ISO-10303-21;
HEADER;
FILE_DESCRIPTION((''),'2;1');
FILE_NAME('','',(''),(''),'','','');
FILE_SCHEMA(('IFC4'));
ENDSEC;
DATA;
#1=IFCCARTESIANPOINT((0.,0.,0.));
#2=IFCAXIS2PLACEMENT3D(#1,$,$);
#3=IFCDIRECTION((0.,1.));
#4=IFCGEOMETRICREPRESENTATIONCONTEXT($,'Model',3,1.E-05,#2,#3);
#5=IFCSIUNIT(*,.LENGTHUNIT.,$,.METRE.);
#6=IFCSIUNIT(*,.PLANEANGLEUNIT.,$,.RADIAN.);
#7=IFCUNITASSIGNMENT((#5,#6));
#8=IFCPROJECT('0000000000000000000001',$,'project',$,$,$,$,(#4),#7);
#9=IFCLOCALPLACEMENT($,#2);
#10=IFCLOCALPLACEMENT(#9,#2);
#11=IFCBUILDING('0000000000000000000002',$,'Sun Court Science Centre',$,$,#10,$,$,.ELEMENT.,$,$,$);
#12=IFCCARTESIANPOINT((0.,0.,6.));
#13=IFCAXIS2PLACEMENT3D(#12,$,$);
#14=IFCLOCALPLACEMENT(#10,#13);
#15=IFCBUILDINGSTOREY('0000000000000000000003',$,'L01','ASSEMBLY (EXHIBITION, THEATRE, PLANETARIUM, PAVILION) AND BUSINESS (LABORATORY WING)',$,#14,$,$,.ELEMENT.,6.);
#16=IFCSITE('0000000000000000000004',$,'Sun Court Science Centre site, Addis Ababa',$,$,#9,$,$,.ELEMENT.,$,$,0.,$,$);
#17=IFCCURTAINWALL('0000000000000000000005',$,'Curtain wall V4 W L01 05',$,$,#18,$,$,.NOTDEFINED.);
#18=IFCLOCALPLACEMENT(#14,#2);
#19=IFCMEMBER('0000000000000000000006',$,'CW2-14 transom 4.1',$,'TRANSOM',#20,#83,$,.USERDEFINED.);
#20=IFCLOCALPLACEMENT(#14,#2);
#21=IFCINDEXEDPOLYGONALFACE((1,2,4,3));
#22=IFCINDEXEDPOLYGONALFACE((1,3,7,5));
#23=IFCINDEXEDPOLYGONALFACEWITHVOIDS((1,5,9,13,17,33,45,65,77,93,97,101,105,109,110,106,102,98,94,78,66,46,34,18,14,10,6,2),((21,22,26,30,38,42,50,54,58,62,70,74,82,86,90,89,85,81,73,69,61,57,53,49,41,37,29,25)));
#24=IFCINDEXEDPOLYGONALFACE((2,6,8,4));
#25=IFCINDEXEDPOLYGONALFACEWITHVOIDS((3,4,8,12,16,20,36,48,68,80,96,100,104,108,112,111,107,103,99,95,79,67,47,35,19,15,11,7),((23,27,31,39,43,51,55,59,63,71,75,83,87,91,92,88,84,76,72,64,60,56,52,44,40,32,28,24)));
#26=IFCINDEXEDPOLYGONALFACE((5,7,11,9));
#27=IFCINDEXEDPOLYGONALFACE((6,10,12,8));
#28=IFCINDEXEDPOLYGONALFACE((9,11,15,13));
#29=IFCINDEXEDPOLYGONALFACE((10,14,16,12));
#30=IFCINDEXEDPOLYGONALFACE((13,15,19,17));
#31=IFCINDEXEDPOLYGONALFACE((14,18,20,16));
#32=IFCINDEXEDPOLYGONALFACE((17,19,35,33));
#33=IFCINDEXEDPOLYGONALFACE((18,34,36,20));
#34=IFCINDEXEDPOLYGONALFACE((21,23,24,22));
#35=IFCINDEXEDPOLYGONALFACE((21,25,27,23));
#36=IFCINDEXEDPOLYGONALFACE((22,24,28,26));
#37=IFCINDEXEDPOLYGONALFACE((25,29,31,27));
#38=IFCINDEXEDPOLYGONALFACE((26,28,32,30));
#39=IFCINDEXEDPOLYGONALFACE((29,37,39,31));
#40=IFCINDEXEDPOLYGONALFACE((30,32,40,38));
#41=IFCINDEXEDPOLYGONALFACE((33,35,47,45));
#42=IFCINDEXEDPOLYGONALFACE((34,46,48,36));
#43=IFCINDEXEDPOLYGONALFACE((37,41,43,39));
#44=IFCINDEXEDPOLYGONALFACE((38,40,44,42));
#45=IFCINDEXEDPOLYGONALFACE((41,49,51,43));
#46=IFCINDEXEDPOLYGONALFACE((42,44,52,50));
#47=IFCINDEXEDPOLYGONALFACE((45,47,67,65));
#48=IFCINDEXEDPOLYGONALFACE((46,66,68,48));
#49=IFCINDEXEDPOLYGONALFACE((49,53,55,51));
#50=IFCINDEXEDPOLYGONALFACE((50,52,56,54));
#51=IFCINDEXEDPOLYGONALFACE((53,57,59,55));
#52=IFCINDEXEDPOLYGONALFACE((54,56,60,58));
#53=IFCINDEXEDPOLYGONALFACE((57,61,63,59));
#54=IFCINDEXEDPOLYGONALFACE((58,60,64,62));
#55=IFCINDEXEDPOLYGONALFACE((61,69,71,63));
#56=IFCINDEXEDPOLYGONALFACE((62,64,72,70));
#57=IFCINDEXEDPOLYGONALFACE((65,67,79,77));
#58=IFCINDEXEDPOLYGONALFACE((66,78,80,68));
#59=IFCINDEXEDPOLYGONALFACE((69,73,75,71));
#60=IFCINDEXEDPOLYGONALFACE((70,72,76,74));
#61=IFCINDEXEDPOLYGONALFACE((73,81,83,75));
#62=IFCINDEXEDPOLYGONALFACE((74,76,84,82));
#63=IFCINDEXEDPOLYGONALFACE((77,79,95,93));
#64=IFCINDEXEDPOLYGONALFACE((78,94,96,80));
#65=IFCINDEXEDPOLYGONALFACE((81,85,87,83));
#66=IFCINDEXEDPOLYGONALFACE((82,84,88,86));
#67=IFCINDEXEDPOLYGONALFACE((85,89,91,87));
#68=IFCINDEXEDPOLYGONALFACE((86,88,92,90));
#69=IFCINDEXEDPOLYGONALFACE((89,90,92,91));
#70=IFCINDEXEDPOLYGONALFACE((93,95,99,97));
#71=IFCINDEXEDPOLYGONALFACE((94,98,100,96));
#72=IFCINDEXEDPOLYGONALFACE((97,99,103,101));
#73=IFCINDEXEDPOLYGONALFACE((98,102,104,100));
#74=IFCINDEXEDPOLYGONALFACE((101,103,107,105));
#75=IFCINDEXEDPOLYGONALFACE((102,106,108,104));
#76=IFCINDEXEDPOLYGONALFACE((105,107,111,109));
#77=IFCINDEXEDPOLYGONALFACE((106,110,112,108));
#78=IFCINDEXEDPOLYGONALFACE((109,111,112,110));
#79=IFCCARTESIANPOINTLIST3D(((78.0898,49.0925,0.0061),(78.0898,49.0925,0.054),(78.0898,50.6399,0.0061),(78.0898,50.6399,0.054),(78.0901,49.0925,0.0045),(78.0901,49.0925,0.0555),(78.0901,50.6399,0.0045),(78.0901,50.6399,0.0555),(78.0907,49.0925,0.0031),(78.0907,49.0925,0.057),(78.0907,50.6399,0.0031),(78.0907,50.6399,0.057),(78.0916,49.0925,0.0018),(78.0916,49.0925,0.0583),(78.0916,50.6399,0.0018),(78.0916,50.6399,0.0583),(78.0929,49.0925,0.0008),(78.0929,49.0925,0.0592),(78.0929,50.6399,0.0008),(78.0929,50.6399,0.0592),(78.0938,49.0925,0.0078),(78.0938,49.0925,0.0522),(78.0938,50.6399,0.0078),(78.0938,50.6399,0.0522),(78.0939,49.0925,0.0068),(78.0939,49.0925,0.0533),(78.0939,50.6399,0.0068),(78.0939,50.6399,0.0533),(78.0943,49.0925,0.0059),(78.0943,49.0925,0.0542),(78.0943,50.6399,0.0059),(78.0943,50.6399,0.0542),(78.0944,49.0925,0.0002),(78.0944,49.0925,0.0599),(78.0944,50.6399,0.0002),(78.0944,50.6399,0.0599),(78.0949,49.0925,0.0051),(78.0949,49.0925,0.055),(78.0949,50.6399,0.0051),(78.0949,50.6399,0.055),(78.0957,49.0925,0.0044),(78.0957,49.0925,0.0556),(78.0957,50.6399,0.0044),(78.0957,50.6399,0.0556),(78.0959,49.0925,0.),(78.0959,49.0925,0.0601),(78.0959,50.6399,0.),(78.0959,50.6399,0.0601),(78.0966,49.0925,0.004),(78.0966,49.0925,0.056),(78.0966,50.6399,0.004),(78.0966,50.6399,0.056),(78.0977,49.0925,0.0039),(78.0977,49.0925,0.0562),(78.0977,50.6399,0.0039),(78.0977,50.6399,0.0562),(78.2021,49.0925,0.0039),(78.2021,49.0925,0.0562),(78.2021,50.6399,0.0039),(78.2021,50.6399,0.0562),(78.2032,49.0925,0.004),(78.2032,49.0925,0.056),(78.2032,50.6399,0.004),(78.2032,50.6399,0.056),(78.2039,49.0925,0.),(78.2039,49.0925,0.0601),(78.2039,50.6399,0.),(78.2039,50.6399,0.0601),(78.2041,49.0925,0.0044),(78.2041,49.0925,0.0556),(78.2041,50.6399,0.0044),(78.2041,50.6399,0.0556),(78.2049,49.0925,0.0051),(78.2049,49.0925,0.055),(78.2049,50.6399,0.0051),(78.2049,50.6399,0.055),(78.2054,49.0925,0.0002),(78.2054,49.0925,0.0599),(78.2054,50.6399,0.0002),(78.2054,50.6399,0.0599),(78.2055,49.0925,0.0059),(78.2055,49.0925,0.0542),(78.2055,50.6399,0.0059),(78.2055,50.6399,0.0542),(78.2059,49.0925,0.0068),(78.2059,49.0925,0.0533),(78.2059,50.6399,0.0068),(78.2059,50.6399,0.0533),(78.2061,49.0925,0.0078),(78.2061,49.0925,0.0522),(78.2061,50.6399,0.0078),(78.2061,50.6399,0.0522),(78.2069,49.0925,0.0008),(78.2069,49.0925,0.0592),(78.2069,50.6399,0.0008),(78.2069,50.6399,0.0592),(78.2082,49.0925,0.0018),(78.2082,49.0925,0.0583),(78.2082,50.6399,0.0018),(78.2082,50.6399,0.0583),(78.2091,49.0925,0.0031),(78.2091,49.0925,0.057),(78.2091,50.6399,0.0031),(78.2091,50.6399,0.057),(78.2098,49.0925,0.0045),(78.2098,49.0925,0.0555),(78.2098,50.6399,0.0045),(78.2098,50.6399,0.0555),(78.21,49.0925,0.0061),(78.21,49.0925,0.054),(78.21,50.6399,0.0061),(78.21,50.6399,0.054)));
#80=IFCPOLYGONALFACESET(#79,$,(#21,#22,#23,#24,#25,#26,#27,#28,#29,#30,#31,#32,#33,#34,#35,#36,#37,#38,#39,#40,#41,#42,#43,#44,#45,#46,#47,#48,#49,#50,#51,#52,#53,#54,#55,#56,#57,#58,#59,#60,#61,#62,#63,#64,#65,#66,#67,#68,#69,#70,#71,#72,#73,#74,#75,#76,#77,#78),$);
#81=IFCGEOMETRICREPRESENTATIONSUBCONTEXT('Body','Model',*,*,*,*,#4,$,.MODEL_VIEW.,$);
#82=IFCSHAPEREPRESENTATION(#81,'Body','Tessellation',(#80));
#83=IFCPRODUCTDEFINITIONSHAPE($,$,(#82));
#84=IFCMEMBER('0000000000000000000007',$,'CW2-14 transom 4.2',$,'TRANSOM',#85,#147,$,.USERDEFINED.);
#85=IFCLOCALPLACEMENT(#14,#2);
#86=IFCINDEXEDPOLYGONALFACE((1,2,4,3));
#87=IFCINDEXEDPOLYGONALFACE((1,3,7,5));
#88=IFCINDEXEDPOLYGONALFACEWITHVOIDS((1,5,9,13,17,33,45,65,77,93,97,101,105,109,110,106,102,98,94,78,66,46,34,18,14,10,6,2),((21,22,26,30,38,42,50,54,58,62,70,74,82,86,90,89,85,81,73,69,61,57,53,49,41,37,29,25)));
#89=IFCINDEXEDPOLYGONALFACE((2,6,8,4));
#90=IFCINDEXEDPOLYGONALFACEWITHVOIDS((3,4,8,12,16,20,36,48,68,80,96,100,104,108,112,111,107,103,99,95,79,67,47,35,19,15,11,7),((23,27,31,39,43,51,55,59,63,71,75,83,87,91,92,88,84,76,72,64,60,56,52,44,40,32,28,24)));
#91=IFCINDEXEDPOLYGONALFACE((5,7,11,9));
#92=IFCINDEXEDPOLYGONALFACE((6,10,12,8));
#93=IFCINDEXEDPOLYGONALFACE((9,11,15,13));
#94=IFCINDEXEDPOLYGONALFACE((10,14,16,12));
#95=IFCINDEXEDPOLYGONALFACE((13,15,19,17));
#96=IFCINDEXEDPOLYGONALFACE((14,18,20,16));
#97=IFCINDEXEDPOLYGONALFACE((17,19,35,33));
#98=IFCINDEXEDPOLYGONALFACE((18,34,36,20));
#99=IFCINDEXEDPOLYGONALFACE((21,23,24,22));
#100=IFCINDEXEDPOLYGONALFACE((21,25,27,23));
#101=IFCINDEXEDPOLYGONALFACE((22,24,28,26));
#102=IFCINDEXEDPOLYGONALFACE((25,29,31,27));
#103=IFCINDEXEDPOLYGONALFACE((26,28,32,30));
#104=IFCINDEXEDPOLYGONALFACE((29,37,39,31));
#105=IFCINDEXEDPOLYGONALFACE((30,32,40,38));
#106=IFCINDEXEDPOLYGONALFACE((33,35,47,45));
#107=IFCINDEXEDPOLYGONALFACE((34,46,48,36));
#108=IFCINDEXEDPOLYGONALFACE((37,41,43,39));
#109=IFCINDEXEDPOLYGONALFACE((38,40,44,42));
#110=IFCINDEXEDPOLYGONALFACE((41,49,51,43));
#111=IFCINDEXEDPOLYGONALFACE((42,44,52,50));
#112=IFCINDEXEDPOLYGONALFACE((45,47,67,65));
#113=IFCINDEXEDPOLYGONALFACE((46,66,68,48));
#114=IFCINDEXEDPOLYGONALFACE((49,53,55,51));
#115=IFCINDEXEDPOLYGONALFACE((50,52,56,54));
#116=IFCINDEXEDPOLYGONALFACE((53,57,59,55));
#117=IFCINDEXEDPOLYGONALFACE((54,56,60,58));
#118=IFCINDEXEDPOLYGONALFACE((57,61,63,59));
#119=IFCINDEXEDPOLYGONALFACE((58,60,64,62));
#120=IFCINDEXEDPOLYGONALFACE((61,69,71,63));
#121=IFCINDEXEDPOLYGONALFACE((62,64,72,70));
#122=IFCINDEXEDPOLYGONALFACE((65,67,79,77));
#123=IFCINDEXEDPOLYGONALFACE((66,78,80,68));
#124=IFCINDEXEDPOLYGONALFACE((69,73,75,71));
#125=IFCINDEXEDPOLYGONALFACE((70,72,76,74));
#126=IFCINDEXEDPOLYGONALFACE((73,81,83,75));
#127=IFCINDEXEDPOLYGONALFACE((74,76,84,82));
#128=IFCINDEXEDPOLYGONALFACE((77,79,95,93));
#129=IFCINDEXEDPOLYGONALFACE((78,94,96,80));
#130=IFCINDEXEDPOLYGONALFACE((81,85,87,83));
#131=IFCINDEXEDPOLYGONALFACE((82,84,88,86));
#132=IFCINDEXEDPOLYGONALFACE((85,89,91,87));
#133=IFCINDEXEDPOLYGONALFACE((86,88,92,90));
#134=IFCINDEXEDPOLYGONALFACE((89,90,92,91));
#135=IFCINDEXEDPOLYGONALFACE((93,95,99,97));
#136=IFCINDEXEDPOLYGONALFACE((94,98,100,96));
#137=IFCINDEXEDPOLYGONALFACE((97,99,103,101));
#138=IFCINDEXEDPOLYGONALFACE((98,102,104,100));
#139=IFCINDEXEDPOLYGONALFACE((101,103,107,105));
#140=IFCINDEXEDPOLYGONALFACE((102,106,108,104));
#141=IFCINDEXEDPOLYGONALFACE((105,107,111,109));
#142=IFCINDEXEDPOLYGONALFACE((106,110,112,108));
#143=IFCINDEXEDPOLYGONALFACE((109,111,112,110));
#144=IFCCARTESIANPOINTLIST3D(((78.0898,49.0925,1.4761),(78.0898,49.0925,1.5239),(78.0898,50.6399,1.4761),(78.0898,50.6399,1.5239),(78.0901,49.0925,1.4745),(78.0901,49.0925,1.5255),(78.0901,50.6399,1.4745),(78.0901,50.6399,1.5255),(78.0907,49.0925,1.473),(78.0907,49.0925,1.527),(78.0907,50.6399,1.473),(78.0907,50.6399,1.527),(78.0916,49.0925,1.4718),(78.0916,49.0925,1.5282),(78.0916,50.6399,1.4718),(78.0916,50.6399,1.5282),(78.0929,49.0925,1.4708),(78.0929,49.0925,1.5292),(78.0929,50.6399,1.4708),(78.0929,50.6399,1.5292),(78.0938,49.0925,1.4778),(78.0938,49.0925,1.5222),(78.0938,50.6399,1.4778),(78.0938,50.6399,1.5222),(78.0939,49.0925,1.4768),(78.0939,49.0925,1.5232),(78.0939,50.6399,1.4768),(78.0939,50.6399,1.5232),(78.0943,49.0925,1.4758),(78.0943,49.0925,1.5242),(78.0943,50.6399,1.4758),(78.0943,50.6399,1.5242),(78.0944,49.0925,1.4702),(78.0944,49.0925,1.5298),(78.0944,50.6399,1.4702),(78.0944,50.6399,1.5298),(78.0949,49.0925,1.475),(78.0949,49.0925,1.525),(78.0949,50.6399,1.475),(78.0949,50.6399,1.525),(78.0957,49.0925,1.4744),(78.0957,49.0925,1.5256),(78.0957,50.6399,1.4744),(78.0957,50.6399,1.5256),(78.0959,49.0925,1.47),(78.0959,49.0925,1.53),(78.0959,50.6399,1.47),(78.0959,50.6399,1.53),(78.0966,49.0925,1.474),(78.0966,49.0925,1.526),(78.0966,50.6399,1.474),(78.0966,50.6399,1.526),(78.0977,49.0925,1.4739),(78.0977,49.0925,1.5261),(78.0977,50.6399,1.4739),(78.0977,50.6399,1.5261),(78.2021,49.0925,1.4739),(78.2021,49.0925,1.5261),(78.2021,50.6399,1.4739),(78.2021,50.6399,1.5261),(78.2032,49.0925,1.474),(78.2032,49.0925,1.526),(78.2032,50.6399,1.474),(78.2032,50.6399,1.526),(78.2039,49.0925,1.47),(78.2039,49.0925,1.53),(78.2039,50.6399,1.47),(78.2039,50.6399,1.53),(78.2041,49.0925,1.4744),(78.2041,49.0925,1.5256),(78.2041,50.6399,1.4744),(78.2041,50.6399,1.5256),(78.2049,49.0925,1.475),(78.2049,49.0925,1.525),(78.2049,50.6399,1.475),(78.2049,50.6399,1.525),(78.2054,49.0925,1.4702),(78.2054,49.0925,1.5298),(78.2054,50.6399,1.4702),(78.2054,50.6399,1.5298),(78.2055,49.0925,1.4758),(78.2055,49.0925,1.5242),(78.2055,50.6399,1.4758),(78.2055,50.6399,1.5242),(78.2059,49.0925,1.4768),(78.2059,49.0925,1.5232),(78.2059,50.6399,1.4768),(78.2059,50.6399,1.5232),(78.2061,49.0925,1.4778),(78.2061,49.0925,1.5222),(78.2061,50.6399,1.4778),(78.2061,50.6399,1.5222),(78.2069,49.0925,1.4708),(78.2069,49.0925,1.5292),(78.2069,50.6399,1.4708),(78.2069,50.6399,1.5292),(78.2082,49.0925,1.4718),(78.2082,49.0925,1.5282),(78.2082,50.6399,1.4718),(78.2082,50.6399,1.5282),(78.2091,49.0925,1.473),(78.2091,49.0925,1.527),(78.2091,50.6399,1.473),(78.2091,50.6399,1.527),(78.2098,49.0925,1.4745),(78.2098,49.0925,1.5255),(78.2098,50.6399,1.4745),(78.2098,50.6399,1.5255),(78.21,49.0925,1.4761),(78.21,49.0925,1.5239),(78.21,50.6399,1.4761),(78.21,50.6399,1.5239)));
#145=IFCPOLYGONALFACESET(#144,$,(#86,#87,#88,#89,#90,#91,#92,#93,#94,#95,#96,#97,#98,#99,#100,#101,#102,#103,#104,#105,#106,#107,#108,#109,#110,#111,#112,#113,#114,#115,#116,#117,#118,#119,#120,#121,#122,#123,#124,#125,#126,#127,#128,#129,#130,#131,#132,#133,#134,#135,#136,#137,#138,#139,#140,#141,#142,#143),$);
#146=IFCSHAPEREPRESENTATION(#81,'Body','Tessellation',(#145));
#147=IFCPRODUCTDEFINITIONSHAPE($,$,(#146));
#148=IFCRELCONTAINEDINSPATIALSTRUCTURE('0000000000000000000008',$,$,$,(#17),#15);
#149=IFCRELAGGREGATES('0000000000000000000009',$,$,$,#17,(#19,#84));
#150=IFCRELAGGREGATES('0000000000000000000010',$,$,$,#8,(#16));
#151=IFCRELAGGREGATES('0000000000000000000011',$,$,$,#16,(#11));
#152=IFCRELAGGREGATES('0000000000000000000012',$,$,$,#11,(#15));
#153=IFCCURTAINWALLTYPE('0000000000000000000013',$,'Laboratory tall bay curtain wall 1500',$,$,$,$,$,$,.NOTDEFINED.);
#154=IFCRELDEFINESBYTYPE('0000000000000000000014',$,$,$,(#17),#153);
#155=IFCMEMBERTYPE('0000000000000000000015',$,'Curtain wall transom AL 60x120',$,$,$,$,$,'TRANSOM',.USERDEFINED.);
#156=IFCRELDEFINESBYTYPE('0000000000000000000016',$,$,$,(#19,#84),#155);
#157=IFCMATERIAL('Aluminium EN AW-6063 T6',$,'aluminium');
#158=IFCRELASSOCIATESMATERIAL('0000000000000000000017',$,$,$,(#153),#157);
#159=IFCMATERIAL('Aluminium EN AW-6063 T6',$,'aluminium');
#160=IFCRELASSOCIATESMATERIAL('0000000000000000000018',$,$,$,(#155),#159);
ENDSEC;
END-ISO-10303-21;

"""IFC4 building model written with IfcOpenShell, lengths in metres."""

from ifc_helpers import new_model, si_unit, direction, frame, origin, origin_2d, place, context, subcontext, project, spatial, hollow_rectangle, extrude, material, material_profile, profile_set, type_object, element, aggregate, save


model = new_model("IFC4")

# Units and contexts
model_context = context("Model", 3, precision=1e-05, world=origin(), true_north=direction((0.0, 1.0)))
body_context = subcontext(model_context, "Body", "Model", "MODEL_VIEW")
ifc_project = project(units=[si_unit("LENGTHUNIT", "METRE"), si_unit("PLANEANGLEUNIT", "RADIAN")], contexts=[model_context])

# Site, building, storey
site_placement = place(None, origin())
site = spatial("IfcSite", under=ifc_project, at=site_placement, Name="Sun Court Science Centre site, Addis Ababa", CompositionType="ELEMENT", RefElevation=0.0)
building_placement = place(site_placement, origin())
building = spatial("IfcBuilding", under=site, at=building_placement, Name="Sun Court Science Centre", CompositionType="ELEMENT")
storey_placement = place(building_placement, frame((0.0, 0.0, 6.0)))
storey = spatial("IfcBuildingStorey", under=building, at=storey_placement, Name="L01", Description="ASSEMBLY (EXHIBITION, THEATRE, PLANETARIUM, PAVILION) AND BUSINESS (LABORATORY WING)", CompositionType="ELEMENT", Elevation=6.0)

# Curtain wall
ifc_material_1 = material(Name="Aluminium EN AW-6063 T6", Category="aluminium")
curtain_wall_type_1 = type_object("IfcCurtainWallType", Name="Laboratory tall bay curtain wall 1500", PredefinedType="NOTDEFINED", material=ifc_material_1)
curtain_wall_1_placement = place(storey_placement, origin())
curtain_wall_1 = element("IfcCurtainWall", 1, at=curtain_wall_1_placement, inside=storey, type_object=curtain_wall_type_1, Name="Curtain wall V4 W L01 05", PredefinedType="NOTDEFINED")

# Members
ifc_material_2 = material(Name="Aluminium EN AW-6063 T6", Category="aluminium")
ifc_material_profile_1 = material_profile(ifc_material_2, hollow_rectangle(XDim=0.0601, YDim=0.1201, WallThickness=0.0039, InnerFilletRadius=0.0039, OuterFilletRadius=0.0061, at=origin_2d()), Name="AL 60x120x4")
ifc_profile_set_1 = profile_set([ifc_material_profile_1], Name="Aluminium EN AW-6063 T6")
member_type_1 = type_object("IfcMemberType", Name="Curtain wall transom AL 60x120", ElementType="TRANSOM", PredefinedType="USERDEFINED", material=ifc_profile_set_1)
member_1_placement = place(storey_placement, frame((78.1499, 49.0925, 0.03), z_axis=(0.0, 1.0, 0.0), x_axis=(0.0, 0.0, 1.0)))
member_1 = element("IfcMember", 2, at=member_1_placement, type_object=member_type_1, Name="CW2-14 transom 4.1", ObjectType="TRANSOM", PredefinedType="USERDEFINED", context=body_context, shape_type="SweptSolid", body=[
    extrude(hollow_rectangle(XDim=0.0601, YDim=0.1201, WallThickness=0.0039, InnerFilletRadius=0.0039, OuterFilletRadius=0.0061, at=origin_2d()), origin(), (0.0, 0.0, 1.0), 1.5474),
])
member_2_placement = place(storey_placement, frame((78.1499, 49.0925, 1.5), z_axis=(0.0, 1.0, 0.0), x_axis=(0.0, 0.0, 1.0)))
member_2 = element("IfcMember", 3, at=member_2_placement, type_object=member_type_1, Name="CW2-14 transom 4.2", ObjectType="TRANSOM", PredefinedType="USERDEFINED", context=body_context, shape_type="SweptSolid", body=[
    extrude(hollow_rectangle(XDim=0.0601, YDim=0.1201, WallThickness=0.0039, InnerFilletRadius=0.0039, OuterFilletRadius=0.0061, at=origin_2d()), origin(), (0.0, 0.0, 1.0), 1.5474),
])

aggregate(curtain_wall_1, [member_1, member_2])

save(model, "model.ifc")
